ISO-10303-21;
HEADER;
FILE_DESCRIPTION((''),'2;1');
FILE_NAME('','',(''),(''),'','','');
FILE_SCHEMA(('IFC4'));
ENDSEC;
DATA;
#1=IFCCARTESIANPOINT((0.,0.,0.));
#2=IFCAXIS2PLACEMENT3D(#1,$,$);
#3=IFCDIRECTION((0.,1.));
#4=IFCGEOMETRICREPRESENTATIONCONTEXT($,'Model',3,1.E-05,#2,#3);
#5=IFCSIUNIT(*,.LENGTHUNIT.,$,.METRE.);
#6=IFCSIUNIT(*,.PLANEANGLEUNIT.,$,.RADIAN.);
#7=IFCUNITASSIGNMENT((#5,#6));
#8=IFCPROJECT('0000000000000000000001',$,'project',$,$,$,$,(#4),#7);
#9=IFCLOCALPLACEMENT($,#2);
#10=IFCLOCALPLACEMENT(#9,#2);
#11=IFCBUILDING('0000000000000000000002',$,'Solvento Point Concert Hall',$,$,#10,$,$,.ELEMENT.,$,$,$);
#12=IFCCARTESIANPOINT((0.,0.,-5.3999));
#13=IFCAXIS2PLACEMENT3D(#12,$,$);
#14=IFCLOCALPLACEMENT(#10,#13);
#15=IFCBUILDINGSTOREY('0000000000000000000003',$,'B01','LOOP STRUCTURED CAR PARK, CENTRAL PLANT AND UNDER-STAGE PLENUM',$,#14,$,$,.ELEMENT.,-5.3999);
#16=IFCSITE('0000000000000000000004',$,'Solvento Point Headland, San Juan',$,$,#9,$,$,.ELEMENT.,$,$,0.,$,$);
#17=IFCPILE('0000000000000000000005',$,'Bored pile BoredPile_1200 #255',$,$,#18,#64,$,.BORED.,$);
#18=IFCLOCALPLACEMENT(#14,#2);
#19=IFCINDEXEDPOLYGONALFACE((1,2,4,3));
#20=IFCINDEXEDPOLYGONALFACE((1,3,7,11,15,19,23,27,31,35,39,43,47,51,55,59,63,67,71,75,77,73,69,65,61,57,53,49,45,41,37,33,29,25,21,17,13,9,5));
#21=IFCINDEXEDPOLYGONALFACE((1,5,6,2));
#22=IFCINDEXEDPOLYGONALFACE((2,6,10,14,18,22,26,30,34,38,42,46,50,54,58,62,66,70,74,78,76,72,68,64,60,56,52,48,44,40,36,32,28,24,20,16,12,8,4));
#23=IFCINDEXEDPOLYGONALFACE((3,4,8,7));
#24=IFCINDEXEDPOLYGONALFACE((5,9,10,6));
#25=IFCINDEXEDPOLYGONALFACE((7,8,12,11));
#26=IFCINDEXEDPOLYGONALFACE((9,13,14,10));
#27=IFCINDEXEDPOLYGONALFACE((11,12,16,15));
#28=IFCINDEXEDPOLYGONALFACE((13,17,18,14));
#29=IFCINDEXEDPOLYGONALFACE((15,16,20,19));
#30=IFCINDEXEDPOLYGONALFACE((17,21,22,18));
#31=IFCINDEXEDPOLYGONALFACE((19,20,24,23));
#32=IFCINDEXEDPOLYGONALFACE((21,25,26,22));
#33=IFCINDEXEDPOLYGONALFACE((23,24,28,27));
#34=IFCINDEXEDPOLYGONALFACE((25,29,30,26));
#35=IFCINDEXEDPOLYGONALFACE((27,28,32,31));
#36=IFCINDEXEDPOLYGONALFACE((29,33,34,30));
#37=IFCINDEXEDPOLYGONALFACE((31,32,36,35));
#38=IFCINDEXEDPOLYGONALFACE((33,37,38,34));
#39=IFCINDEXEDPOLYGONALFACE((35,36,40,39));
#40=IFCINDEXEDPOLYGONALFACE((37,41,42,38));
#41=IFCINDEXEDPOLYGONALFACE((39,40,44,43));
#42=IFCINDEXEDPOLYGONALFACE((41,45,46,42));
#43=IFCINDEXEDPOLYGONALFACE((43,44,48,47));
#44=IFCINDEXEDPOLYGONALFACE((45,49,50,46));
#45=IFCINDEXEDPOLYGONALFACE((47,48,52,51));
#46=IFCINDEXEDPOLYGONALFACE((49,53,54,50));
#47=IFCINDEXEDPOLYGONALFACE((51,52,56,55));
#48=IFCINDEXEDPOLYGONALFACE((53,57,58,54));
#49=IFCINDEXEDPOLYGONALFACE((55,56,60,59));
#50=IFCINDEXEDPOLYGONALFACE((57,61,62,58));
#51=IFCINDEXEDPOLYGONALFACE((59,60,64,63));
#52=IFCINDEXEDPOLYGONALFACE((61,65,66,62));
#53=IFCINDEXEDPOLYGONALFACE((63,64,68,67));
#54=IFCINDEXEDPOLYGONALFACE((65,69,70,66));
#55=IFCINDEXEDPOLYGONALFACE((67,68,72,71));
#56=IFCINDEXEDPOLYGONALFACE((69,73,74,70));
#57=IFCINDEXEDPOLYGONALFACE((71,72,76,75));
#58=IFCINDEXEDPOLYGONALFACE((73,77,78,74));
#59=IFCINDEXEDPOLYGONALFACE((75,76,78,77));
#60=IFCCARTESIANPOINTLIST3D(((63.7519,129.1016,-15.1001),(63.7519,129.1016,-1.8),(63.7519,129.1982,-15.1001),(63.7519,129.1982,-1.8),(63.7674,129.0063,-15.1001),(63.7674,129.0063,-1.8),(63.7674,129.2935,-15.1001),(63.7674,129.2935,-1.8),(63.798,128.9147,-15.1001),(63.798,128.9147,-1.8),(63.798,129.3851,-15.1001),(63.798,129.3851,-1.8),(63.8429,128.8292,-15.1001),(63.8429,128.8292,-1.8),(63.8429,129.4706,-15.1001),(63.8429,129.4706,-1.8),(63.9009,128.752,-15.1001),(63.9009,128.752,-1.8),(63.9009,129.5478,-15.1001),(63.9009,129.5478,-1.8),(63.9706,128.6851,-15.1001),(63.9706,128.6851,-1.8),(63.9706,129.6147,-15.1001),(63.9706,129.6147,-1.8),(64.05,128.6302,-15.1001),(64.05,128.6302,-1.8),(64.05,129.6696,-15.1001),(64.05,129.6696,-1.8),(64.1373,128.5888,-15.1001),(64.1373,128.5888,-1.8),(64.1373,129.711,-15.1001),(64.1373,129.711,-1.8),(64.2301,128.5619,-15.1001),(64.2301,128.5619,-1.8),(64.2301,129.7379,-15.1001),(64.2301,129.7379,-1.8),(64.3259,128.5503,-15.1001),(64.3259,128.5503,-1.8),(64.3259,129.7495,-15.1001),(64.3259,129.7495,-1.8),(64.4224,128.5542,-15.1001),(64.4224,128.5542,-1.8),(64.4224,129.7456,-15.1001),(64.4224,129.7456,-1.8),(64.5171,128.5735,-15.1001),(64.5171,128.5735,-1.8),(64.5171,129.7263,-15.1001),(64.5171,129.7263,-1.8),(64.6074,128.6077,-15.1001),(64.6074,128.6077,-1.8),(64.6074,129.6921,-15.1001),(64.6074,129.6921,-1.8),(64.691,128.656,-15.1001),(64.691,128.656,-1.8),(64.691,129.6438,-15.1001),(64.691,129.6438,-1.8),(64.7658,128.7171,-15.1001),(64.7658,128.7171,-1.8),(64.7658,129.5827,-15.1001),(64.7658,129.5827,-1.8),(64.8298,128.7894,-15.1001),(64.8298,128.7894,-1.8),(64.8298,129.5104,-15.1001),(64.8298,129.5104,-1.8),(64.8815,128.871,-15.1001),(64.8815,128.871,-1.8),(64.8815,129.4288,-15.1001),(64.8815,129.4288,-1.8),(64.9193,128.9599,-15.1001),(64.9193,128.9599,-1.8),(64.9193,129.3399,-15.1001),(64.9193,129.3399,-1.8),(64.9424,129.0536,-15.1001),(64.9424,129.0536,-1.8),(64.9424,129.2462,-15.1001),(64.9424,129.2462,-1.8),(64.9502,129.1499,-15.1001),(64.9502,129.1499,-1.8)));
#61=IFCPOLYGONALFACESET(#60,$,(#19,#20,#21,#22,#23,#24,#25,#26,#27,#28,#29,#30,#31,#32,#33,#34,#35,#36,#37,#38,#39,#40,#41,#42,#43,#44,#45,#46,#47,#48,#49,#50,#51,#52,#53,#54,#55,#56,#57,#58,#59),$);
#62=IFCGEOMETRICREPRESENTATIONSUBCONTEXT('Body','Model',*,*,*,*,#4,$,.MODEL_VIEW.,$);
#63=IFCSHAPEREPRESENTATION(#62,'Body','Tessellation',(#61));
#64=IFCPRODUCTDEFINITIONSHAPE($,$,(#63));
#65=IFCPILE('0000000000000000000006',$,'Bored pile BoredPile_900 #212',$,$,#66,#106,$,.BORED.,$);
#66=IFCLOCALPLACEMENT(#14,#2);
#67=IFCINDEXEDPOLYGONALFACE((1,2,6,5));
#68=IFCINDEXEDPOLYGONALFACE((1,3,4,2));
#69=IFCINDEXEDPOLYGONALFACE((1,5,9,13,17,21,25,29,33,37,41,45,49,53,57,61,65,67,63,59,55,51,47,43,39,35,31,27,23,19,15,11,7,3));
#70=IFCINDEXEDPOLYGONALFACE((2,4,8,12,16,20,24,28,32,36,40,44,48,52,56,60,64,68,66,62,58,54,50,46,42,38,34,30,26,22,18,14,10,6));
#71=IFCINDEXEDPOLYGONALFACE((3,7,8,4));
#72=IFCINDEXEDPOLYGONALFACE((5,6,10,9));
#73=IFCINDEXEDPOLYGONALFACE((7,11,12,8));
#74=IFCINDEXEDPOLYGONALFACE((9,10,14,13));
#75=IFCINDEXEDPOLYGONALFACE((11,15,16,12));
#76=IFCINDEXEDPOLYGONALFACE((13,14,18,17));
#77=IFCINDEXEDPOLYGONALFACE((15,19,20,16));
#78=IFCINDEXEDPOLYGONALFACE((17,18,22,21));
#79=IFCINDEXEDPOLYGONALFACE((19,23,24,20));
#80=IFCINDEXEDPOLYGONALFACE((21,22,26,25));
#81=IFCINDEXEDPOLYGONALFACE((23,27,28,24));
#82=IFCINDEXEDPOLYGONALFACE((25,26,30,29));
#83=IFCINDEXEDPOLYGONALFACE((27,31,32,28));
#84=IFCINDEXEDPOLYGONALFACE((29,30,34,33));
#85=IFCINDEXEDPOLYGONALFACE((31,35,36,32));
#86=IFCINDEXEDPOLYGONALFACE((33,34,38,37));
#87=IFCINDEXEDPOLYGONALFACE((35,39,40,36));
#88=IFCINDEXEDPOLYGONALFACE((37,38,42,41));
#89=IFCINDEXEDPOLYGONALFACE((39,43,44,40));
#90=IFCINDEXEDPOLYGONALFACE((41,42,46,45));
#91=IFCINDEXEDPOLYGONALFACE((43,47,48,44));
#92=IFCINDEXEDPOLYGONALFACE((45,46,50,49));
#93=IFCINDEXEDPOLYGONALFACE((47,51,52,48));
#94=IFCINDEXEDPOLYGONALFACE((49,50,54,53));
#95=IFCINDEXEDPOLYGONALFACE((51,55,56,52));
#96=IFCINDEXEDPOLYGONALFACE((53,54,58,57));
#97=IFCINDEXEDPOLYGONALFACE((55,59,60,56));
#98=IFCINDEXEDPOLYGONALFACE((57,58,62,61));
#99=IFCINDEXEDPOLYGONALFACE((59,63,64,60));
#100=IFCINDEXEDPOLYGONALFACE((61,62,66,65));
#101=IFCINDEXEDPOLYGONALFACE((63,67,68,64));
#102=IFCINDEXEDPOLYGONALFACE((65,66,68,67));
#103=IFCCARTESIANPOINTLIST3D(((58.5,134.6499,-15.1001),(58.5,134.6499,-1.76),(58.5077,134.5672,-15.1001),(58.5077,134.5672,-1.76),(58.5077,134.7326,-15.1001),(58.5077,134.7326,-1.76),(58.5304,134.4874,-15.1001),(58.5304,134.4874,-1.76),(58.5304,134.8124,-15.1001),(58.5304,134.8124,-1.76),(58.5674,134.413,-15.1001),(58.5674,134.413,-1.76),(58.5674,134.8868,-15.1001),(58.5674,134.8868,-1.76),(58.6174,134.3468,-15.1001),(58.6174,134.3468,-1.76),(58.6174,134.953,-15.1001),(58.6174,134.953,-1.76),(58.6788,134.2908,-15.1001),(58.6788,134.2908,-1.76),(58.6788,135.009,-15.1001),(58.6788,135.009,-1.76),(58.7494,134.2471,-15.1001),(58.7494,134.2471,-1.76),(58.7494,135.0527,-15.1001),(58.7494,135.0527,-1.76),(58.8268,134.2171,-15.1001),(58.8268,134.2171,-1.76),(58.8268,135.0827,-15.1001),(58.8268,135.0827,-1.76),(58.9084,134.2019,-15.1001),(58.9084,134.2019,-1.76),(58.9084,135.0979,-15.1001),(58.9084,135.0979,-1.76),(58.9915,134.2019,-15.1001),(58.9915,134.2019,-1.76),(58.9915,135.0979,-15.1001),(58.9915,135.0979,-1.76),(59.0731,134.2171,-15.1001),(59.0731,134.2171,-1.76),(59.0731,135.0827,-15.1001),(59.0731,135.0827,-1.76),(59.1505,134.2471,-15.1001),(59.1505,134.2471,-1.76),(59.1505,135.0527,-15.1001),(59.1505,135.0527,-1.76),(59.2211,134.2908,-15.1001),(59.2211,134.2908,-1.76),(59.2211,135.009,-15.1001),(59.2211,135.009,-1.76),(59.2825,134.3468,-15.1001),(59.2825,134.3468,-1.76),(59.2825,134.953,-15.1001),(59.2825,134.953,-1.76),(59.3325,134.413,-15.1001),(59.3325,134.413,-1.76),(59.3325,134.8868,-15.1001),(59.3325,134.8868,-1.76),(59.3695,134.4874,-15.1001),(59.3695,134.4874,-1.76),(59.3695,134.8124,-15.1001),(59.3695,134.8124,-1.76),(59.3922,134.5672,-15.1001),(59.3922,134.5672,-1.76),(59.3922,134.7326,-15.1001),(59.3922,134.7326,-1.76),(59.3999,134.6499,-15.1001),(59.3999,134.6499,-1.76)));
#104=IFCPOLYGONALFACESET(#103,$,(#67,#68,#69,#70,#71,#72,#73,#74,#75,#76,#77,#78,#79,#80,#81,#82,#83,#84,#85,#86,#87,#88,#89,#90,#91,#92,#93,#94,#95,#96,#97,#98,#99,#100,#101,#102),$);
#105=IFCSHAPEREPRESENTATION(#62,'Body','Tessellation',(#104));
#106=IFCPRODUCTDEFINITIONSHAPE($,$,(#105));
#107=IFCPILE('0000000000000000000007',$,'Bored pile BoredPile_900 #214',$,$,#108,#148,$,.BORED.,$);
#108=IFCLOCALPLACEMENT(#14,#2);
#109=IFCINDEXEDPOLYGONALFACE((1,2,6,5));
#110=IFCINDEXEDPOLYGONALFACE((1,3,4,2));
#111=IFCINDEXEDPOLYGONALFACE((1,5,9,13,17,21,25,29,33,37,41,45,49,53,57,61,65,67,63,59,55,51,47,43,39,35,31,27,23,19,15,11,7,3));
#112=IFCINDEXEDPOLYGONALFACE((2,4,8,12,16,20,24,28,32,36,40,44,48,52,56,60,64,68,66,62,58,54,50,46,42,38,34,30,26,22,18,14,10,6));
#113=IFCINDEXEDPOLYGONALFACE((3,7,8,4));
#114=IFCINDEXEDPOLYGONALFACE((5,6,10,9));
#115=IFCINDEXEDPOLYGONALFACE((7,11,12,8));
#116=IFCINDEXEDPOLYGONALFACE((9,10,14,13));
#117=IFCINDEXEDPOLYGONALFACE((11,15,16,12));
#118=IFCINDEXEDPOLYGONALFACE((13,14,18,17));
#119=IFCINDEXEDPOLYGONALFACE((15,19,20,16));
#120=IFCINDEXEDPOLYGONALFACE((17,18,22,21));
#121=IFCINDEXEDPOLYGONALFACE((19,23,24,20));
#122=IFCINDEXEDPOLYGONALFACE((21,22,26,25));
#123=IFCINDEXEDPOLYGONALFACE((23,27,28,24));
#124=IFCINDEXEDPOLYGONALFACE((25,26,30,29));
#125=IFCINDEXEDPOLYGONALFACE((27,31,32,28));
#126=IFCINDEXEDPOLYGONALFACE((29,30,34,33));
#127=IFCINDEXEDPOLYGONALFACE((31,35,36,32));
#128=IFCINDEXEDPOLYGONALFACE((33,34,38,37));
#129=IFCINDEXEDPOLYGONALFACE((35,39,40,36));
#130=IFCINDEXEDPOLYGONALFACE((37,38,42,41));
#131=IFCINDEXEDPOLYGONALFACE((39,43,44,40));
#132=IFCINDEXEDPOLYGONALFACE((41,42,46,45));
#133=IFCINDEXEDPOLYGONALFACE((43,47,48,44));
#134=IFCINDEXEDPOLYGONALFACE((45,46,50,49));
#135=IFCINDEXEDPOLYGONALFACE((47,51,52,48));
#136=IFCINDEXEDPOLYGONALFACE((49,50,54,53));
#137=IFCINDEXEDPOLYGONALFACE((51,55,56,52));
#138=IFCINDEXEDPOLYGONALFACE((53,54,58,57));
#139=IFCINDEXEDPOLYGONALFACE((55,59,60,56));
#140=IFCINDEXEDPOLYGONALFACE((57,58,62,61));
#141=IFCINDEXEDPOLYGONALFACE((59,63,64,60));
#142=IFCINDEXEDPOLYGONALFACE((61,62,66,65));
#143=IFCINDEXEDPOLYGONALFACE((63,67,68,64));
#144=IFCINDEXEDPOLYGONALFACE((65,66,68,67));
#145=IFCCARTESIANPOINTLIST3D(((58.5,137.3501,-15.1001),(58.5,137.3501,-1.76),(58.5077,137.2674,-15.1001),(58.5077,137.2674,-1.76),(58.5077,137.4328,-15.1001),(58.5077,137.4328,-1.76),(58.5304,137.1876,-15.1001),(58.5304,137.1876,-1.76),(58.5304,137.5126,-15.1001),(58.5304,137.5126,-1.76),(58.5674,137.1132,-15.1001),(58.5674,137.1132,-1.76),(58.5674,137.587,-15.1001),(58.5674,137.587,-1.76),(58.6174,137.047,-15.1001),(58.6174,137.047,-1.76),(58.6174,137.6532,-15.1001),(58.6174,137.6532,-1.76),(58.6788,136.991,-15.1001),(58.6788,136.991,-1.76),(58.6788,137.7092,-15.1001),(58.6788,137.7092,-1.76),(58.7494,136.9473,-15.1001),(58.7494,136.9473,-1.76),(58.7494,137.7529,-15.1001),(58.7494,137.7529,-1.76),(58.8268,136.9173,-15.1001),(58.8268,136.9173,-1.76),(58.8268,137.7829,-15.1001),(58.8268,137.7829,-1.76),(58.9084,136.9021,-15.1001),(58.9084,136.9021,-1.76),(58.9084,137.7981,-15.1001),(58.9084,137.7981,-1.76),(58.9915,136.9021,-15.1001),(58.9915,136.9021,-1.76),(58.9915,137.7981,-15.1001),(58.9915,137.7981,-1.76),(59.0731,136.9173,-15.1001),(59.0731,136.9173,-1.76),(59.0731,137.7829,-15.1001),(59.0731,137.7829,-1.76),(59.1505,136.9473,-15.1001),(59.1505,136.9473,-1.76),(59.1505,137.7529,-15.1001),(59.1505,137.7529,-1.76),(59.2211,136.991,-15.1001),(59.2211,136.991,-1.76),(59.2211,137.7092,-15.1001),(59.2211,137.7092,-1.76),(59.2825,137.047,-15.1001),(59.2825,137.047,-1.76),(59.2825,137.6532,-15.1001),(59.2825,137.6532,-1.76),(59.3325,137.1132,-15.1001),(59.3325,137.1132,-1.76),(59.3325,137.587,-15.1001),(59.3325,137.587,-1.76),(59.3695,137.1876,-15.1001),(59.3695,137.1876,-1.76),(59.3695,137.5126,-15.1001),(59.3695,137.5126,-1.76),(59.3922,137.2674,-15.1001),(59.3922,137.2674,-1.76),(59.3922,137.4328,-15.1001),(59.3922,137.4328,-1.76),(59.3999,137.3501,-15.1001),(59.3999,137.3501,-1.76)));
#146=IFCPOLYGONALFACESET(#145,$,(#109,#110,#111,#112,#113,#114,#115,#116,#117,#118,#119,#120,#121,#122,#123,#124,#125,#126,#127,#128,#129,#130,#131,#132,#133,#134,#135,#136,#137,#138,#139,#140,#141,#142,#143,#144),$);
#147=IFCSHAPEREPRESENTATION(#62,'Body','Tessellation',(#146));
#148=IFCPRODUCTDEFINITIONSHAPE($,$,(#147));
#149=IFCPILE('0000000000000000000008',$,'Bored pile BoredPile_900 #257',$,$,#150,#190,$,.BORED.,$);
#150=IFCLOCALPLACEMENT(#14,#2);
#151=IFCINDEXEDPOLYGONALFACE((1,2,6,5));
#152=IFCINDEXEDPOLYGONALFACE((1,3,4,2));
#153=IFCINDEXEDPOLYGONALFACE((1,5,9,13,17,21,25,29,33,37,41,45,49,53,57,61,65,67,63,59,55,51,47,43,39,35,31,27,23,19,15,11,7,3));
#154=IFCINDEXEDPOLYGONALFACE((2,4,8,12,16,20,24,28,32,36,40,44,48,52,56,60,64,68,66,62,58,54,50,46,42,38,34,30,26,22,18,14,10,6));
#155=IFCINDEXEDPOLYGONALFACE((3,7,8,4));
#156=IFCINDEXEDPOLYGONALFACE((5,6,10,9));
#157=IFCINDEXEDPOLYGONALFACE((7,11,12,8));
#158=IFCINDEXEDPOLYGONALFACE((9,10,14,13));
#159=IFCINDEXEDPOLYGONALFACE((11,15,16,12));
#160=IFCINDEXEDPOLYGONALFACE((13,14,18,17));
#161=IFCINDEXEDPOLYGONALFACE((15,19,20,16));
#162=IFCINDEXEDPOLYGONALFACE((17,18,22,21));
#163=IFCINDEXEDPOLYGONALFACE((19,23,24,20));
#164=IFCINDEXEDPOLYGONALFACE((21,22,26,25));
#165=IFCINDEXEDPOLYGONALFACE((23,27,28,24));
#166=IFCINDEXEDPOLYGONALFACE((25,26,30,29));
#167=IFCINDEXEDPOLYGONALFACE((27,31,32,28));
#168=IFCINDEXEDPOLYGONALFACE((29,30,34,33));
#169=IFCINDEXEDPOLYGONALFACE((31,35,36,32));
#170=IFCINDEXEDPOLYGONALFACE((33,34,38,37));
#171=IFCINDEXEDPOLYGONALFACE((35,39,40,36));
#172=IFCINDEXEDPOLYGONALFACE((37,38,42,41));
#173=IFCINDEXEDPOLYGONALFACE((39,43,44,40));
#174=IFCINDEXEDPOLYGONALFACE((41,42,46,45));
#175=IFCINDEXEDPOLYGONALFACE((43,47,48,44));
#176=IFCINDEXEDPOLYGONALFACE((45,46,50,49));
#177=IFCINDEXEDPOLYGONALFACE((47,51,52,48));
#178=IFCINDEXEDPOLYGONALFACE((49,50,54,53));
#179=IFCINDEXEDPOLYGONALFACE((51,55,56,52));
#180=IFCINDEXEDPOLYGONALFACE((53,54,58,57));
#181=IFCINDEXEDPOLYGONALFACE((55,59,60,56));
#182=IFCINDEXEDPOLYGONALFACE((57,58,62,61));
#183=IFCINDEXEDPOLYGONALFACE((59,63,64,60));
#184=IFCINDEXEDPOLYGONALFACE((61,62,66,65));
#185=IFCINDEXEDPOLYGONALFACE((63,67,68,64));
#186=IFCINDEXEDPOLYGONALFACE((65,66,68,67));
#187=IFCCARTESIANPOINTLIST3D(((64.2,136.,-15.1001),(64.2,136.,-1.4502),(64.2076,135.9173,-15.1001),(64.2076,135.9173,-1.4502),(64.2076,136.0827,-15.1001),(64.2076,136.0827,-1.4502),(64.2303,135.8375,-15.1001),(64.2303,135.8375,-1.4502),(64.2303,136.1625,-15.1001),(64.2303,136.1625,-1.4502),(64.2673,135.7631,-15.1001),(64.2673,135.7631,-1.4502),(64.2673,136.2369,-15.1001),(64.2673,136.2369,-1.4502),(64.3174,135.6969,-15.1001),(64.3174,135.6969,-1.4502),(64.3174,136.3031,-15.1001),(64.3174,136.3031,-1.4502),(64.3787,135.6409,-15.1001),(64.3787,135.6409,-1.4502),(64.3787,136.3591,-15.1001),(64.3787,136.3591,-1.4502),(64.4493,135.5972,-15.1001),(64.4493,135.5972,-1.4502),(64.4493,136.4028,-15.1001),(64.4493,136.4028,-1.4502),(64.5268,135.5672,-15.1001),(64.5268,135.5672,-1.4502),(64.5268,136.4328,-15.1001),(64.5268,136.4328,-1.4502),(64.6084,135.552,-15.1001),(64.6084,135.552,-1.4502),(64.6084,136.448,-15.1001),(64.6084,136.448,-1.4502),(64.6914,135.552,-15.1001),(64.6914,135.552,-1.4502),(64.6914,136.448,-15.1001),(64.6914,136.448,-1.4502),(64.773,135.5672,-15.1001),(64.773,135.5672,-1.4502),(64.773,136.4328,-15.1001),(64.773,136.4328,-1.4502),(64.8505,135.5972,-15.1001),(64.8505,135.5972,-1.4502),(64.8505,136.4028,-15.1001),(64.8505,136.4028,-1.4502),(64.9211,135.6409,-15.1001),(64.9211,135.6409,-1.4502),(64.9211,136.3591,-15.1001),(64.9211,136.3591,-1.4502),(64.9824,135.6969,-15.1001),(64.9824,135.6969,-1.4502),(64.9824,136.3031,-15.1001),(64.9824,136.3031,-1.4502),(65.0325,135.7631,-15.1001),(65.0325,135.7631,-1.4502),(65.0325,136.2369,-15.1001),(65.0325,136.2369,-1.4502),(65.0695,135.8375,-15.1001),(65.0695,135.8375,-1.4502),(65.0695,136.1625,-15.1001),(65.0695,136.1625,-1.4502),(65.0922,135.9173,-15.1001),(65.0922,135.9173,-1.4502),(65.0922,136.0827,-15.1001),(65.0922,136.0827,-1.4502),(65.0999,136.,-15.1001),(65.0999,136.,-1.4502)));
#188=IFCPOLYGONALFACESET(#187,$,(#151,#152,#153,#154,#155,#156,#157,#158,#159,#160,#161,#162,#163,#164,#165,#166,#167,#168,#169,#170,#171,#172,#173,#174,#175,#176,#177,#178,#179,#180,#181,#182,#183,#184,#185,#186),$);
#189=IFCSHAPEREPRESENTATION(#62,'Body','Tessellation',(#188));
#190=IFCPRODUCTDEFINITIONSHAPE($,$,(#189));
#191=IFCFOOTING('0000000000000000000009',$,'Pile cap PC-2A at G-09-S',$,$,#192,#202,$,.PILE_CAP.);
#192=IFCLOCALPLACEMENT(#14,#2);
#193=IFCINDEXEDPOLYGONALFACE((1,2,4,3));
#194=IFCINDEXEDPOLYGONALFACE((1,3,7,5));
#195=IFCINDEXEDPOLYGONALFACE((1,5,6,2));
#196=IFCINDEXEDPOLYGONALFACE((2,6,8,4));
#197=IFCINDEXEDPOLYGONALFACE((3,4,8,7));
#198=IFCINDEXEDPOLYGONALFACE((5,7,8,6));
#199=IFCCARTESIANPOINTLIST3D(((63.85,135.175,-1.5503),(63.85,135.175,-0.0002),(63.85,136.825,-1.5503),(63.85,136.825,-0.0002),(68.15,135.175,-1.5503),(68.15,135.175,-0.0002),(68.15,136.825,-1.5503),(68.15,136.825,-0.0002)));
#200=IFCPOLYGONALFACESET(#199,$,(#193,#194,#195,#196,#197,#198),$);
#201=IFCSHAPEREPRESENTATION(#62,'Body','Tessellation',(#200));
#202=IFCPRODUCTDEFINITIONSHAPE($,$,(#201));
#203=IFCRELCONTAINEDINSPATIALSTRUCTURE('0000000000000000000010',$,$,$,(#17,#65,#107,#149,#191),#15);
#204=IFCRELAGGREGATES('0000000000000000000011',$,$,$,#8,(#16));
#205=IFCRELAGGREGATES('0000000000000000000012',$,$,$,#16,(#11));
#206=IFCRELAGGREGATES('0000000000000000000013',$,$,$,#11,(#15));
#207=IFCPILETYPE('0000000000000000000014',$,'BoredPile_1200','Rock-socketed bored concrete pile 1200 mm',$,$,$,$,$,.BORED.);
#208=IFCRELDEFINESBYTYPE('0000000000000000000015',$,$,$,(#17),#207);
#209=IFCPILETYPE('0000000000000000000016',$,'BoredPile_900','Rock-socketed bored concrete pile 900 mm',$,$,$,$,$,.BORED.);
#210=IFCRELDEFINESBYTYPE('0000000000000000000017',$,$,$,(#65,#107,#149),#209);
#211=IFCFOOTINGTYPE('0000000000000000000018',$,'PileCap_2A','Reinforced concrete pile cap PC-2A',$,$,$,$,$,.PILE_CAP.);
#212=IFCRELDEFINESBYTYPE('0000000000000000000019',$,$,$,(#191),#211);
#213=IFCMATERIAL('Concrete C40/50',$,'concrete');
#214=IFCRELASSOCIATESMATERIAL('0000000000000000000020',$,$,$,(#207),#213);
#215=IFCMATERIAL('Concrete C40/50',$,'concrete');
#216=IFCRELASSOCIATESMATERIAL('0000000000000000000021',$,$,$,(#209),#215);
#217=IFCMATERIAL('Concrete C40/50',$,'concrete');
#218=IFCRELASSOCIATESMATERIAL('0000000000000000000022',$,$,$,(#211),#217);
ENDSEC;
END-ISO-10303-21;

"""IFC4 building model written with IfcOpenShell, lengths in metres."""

from ifc_helpers import new_model, si_unit, direction, frame, origin, origin_2d, place, context, subcontext, project, spatial, rectangle, circle, extrude, material, material_profile, profile_set, type_object, element, save


model = new_model("IFC4")

# Units and contexts
model_context = context("Model", 3, precision=1e-05, world=origin(), true_north=direction((0.0, 1.0)))
body_context = subcontext(model_context, "Body", "Model", "MODEL_VIEW")
ifc_project = project(units=[si_unit("LENGTHUNIT", "METRE"), si_unit("PLANEANGLEUNIT", "RADIAN")], contexts=[model_context])

# Site, building, storey
site_placement = place(None, origin())
site = spatial("IfcSite", under=ifc_project, at=site_placement, Name="Solvento Point Headland, San Juan", CompositionType="ELEMENT", RefElevation=0.0)
building_placement = place(site_placement, origin())
building = spatial("IfcBuilding", under=site, at=building_placement, Name="Solvento Point Concert Hall", CompositionType="ELEMENT")
storey_placement = place(building_placement, frame((0.0, 0.0, -5.3999)))
storey = spatial("IfcBuildingStorey", under=building, at=storey_placement, Name="B01", Description="LOOP STRUCTURED CAR PARK, CENTRAL PLANT AND UNDER-STAGE PLENUM", CompositionType="ELEMENT", Elevation=-5.3999)

# Piles
ifc_material_1 = material(Name="Concrete C40/50", Category="concrete")
ifc_material_profile_1 = material_profile(ifc_material_1, circle(Radius=0.6001, at=origin_2d()), Name="BP-1200")
ifc_profile_set_1 = profile_set([ifc_material_profile_1], Name="Concrete C40/50")
pile_type_1 = type_object("IfcPileType", Name="BoredPile_1200", Description="Rock-socketed bored concrete pile 1200 mm", PredefinedType="BORED", material=ifc_profile_set_1)
pile_1_placement = place(storey_placement, frame((64.3501, 129.1499, -1.8), z_axis=(0.0, 0.0, -1.0), x_axis=(1.0, 0.0, 0.0)))
element("IfcPile", 1, at=pile_1_placement, inside=storey, type_object=pile_type_1, Name="Bored pile BoredPile_1200 #255", PredefinedType="BORED", context=body_context, shape_type="SweptSolid", body=[
    extrude(circle(Radius=0.6001, at=origin_2d()), origin(), (0.0, 0.0, 1.0), 13.3),
])
ifc_material_2 = material(Name="Concrete C40/50", Category="concrete")
ifc_material_profile_2 = material_profile(ifc_material_2, circle(Radius=0.45, at=origin_2d()), Name="BP-900")
ifc_profile_set_2 = profile_set([ifc_material_profile_2], Name="Concrete C40/50")
pile_type_2 = type_object("IfcPileType", Name="BoredPile_900", Description="Rock-socketed bored concrete pile 900 mm", PredefinedType="BORED", material=ifc_profile_set_2)
for number, where, z_axis, x_axis, name in (
    (2, (58.95, 134.6499, -1.76), (0.0, 0.0, -1.0), (1.0, 0.0, 0.0), "Bored pile BoredPile_900 #212"),
    (3, (58.95, 137.3501, -1.76), (0.0, 0.0, -1.0), (1.0, 0.0, 0.0), "Bored pile BoredPile_900 #214"),
):
    element("IfcPile", number, at=place(storey_placement, frame(where, z_axis=z_axis, x_axis=x_axis)), inside=storey, type_object=pile_type_2, Name=name, PredefinedType="BORED", context=body_context, shape_type="SweptSolid", body=[
        extrude(circle(Radius=0.45, at=origin_2d()), origin(), (0.0, 0.0, 1.0), 13.3401),
    ])
pile_2_placement = place(storey_placement, frame((64.6499, 136.0, -1.4502), z_axis=(0.0, 0.0, -1.0), x_axis=(1.0, 0.0, 0.0)))
element("IfcPile", 4, at=pile_2_placement, inside=storey, type_object=pile_type_2, Name="Bored pile BoredPile_900 #257", PredefinedType="BORED", context=body_context, shape_type="SweptSolid", body=[
    extrude(circle(Radius=0.45, at=origin_2d()), origin(), (0.0, 0.0, 1.0), 13.6499),
])

# Footing
ifc_material_3 = material(Name="Concrete C40/50", Category="concrete")
footing_type_1 = type_object("IfcFootingType", Name="PileCap_2A", Description="Reinforced concrete pile cap PC-2A", PredefinedType="PILE_CAP", material=ifc_material_3)
footing_1_placement = place(storey_placement, frame((66.0, 136.0, -1.5503), z_axis=(0.0, 0.0, 1.0), x_axis=(1.0, 0.0, 0.0)))
element("IfcFooting", 5, at=footing_1_placement, inside=storey, type_object=footing_type_1, Name="Pile cap PC-2A at G-09-S", PredefinedType="PILE_CAP", context=body_context, shape_type="SweptSolid", body=[
    extrude(rectangle(XDim=4.3, YDim=1.6499, at=origin_2d()), origin(), (0.0, 0.0, 1.0), 1.55),
])

save(model, "model.ifc")
